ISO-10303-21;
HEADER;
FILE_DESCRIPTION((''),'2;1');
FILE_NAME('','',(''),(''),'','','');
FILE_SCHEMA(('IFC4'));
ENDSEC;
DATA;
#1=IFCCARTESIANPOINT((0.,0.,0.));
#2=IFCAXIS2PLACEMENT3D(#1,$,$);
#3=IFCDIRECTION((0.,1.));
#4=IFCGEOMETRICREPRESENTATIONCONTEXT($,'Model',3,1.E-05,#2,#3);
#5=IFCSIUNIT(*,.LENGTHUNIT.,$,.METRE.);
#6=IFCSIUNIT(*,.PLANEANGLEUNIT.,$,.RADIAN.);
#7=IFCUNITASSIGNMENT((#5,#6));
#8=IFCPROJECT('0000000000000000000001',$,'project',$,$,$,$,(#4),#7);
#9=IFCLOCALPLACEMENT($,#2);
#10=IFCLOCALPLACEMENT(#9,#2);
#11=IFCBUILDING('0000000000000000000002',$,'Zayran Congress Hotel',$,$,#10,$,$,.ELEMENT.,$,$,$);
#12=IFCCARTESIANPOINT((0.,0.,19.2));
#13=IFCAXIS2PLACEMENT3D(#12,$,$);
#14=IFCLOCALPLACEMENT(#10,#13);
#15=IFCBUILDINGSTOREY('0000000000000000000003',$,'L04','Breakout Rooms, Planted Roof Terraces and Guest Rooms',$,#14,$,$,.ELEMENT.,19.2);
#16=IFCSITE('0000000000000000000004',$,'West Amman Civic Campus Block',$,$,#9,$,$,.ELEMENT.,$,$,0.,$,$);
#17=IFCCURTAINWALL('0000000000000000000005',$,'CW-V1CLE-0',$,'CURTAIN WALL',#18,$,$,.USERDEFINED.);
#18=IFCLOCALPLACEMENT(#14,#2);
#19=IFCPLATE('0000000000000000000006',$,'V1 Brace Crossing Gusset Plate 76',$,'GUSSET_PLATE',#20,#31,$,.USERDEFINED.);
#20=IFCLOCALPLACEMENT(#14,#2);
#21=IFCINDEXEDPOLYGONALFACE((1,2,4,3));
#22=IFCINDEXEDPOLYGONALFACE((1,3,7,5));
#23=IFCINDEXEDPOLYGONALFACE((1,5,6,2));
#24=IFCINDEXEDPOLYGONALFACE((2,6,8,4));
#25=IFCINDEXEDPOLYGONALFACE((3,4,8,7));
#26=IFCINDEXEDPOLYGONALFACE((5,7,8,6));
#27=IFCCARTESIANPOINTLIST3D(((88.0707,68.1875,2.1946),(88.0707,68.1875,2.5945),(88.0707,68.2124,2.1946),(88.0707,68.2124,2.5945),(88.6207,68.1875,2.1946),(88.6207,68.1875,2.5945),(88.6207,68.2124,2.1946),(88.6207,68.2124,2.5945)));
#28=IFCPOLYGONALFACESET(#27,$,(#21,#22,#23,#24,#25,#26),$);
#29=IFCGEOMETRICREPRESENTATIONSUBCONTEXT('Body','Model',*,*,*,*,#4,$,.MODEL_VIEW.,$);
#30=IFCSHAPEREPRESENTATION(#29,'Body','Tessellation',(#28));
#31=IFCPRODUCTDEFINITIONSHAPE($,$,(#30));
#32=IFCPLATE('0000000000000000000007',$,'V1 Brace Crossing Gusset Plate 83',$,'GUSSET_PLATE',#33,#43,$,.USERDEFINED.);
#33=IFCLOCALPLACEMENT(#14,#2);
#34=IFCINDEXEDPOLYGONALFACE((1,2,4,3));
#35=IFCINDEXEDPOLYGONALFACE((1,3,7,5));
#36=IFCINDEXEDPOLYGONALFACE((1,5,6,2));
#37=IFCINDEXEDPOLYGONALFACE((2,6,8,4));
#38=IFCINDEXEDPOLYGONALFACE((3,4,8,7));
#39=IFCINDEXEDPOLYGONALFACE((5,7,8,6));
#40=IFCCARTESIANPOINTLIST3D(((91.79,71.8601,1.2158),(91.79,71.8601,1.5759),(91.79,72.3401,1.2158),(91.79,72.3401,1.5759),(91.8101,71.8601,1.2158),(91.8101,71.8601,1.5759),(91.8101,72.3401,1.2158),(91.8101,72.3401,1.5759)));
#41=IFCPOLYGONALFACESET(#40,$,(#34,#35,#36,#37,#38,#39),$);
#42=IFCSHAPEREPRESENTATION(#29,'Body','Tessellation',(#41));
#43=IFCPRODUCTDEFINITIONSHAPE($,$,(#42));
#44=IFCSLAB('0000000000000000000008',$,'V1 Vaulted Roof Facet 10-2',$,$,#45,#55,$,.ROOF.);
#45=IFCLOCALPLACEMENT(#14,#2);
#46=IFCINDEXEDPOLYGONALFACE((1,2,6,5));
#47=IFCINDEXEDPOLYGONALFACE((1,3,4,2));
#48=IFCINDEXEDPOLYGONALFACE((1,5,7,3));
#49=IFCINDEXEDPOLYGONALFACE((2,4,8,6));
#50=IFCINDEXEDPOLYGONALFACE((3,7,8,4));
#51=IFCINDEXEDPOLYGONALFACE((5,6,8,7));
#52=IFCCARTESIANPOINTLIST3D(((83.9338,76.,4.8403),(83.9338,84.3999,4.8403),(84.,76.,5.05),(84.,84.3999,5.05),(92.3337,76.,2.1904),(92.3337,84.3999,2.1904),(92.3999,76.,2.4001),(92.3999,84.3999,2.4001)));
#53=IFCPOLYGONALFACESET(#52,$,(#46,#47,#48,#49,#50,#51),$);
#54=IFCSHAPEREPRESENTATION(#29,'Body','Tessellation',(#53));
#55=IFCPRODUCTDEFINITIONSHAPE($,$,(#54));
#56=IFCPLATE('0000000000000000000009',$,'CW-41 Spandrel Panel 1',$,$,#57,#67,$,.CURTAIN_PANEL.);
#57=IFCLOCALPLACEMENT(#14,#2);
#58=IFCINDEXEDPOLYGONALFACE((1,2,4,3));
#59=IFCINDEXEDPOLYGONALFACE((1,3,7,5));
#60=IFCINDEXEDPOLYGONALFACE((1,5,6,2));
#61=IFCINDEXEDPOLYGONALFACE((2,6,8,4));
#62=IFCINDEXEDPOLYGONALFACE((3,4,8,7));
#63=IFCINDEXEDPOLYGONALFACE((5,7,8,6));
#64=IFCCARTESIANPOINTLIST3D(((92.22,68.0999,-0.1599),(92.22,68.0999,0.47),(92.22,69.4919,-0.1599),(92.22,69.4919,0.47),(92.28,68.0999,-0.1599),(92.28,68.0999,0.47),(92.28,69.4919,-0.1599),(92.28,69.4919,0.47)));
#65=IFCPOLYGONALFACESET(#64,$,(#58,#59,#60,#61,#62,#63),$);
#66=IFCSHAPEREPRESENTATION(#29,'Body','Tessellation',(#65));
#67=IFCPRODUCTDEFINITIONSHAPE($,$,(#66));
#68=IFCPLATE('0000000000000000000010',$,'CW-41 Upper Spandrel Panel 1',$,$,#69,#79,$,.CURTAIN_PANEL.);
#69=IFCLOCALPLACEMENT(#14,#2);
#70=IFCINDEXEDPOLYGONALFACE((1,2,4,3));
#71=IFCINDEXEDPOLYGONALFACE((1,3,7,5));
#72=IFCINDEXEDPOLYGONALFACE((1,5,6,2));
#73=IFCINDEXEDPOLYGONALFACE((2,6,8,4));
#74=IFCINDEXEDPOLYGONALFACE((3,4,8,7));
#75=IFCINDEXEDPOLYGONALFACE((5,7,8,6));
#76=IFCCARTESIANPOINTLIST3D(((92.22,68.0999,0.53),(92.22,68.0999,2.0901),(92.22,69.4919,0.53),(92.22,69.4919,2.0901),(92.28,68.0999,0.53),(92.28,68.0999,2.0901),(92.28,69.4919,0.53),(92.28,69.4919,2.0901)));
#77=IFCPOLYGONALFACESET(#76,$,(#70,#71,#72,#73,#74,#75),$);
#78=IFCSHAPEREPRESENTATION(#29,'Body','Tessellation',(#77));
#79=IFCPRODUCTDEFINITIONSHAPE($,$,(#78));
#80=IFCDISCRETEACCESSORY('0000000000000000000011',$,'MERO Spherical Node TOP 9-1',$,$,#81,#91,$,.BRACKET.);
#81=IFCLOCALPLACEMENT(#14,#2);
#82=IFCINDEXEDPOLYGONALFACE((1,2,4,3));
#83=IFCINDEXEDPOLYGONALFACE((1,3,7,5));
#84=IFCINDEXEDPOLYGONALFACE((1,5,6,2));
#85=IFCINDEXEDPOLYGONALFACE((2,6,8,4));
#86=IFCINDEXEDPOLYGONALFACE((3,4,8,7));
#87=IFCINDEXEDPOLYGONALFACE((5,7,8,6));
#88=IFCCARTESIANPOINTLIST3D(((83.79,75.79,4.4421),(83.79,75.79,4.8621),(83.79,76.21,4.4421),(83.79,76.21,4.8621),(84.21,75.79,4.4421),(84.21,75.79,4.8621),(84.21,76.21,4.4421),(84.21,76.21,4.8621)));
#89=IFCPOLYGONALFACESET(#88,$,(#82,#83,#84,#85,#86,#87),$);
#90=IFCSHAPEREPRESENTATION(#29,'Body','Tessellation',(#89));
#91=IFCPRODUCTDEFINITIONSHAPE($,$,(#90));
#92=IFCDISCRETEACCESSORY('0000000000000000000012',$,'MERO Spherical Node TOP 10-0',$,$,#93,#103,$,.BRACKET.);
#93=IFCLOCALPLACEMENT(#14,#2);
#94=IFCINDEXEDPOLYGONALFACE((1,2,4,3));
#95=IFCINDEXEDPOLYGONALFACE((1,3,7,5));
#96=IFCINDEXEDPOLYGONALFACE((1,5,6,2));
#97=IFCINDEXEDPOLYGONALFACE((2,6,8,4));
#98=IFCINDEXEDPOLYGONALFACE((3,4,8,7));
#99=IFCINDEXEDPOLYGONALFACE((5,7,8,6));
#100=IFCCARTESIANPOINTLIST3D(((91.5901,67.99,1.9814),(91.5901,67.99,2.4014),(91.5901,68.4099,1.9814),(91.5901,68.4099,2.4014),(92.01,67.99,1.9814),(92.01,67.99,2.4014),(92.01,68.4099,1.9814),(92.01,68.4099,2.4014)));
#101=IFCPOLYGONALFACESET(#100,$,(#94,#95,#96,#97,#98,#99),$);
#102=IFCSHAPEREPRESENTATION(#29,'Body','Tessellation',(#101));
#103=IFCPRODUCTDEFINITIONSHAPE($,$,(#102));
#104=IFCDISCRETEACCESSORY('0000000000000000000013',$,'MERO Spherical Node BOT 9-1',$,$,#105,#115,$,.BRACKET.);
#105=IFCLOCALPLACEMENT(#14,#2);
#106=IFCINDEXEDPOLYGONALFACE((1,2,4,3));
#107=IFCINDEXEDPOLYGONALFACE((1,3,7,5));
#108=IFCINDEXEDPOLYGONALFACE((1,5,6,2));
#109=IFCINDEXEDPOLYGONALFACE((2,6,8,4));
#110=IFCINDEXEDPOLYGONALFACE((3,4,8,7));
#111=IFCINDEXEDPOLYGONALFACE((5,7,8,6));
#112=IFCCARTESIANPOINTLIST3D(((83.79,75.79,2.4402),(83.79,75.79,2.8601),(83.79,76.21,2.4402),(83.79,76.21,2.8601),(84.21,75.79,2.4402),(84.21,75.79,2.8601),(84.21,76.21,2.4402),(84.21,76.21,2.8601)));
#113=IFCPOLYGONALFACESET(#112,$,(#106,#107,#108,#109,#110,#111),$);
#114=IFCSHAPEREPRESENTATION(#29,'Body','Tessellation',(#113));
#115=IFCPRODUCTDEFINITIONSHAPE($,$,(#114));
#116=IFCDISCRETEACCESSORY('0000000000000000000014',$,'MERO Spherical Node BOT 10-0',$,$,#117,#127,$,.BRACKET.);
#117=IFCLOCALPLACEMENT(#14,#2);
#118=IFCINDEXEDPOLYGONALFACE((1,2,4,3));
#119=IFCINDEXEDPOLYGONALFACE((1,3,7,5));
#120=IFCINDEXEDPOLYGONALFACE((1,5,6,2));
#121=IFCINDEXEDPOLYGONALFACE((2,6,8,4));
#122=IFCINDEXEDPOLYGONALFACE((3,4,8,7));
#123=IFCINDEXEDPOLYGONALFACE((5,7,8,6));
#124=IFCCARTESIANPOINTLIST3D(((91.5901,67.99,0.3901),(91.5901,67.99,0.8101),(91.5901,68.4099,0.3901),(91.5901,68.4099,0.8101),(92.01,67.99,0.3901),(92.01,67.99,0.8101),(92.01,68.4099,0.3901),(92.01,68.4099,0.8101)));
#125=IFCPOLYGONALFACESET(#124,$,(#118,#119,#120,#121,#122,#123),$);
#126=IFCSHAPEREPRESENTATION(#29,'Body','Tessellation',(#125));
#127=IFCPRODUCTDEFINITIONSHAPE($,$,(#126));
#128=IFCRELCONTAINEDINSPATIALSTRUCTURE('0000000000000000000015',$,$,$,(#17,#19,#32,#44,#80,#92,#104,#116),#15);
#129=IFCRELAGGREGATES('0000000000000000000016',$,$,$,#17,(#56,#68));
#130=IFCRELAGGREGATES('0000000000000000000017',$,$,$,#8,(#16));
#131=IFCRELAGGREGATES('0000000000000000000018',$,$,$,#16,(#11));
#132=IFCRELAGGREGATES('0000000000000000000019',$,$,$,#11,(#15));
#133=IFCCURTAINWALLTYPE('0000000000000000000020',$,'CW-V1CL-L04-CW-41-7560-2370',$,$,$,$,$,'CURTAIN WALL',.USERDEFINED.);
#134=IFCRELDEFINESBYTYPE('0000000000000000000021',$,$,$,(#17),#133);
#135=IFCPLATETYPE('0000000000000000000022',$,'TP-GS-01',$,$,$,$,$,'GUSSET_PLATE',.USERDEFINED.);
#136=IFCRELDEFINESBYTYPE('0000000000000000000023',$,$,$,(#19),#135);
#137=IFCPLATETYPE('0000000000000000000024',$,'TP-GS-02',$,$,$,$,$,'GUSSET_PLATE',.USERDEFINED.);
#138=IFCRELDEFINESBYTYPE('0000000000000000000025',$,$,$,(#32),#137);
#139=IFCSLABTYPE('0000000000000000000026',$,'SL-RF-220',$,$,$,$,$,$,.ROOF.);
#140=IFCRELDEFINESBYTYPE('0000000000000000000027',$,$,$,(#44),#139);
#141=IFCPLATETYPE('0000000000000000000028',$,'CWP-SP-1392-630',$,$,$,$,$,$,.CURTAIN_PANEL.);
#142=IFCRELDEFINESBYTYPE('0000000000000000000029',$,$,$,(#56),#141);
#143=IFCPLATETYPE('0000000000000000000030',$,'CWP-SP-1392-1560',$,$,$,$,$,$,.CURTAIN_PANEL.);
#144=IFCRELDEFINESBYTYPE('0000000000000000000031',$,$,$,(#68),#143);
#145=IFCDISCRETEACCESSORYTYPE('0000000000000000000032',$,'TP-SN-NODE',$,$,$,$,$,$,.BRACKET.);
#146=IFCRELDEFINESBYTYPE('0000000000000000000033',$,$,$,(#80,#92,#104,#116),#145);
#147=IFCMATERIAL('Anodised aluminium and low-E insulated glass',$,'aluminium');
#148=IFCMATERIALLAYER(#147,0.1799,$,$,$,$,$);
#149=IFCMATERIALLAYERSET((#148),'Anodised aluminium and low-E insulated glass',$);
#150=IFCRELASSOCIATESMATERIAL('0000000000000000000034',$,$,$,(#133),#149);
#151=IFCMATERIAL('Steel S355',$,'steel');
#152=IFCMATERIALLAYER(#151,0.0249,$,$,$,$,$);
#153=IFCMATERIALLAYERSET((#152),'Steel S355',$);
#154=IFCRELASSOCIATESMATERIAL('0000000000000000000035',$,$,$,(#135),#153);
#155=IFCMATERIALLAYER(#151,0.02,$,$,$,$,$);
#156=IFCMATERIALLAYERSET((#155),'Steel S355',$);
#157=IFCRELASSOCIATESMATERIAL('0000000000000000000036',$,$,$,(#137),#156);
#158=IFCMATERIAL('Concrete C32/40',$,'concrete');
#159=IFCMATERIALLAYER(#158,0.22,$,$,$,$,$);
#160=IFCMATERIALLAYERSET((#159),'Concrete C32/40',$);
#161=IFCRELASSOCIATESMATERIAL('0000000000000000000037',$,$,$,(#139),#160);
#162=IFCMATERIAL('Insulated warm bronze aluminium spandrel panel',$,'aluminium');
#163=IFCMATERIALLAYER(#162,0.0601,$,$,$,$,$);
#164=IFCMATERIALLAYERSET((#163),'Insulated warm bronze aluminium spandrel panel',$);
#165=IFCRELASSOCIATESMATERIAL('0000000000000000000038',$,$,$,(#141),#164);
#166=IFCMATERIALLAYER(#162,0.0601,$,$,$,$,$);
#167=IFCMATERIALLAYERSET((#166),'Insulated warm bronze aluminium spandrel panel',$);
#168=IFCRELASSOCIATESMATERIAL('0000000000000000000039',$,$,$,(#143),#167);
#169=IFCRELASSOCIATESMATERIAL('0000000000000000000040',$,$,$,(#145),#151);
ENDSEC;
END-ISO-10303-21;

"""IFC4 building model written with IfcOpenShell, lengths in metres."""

from ifc_helpers import new_model, si_unit, direction, frame, origin, origin_2d, place, context, subcontext, project, spatial, polyline, rectangle, outline, extrude, material, layer, layer_set, type_object, element, aggregate, save


model = new_model("IFC4")

# Units and contexts
model_context = context("Model", 3, precision=1e-05, world=origin(), true_north=direction((0.0, 1.0)))
body_context = subcontext(model_context, "Body", "Model", "MODEL_VIEW")
ifc_project = project(units=[si_unit("LENGTHUNIT", "METRE"), si_unit("PLANEANGLEUNIT", "RADIAN")], contexts=[model_context])

# Site, building, storey
site_placement = place(None, origin())
site = spatial("IfcSite", under=ifc_project, at=site_placement, Name="West Amman Civic Campus Block", CompositionType="ELEMENT", RefElevation=0.0)
building_placement = place(site_placement, origin())
building = spatial("IfcBuilding", under=site, at=building_placement, Name="Zayran Congress Hotel", CompositionType="ELEMENT")
storey_placement = place(building_placement, frame((0.0, 0.0, 19.2)))
storey = spatial("IfcBuildingStorey", under=building, at=storey_placement, Name="L04", Description="Breakout Rooms, Planted Roof Terraces and Guest Rooms", CompositionType="ELEMENT", Elevation=19.2)

# Shared definitions
ifc_material_1 = material(Name="Steel S355", Category="steel")

# Curtain wall
ifc_material_2 = material(Name="Anodised aluminium and low-E insulated glass", Category="aluminium")
ifc_layer_1 = layer(ifc_material_2, 0.1799)
ifc_layer_set_1 = layer_set([ifc_layer_1], Name="Anodised aluminium and low-E insulated glass")
curtain_wall_type = type_object("IfcCurtainWallType", Name="CW-V1CL-L04-CW-41-7560-2370", ElementType="CURTAIN WALL", PredefinedType="USERDEFINED", material=ifc_layer_set_1)
curtain_wall_placement = place(storey_placement, origin())
curtain_wall = element("IfcCurtainWall", 1, at=curtain_wall_placement, inside=storey, type_object=curtain_wall_type, Name="CW-V1CLE-0", ObjectType="CURTAIN WALL", PredefinedType="USERDEFINED")

# Plates
ifc_layer_2 = layer(ifc_material_1, 0.0249)
ifc_layer_set_2 = layer_set([ifc_layer_2], Name="Steel S355")
plate_type_1 = type_object("IfcPlateType", Name="TP-GS-01", ElementType="GUSSET_PLATE", PredefinedType="USERDEFINED", material=ifc_layer_set_2)
plate_1_placement = place(storey_placement, frame((88.3457, 68.2, 2.1946), z_axis=(0.0, 0.0, 1.0), x_axis=(1.0, 0.0, 0.0)))
element("IfcPlate", 2, at=plate_1_placement, inside=storey, type_object=plate_type_1, Name="V1 Brace Crossing Gusset Plate 76", ObjectType="GUSSET_PLATE", PredefinedType="USERDEFINED", context=body_context, shape_type="SweptSolid", body=[
    extrude(rectangle(XDim=0.55, YDim=0.0249, at=origin_2d()), origin(), (0.0, 0.0, 1.0), 0.3999),
])
ifc_layer_3 = layer(ifc_material_1, 0.02)
ifc_layer_set_3 = layer_set([ifc_layer_3], Name="Steel S355")
plate_type_2 = type_object("IfcPlateType", Name="TP-GS-02", ElementType="GUSSET_PLATE", PredefinedType="USERDEFINED", material=ifc_layer_set_3)
plate_2_placement = place(storey_placement, frame((91.8, 72.1001, 1.2158), z_axis=(0.0, 0.0, 1.0), x_axis=(0.0, 1.0, 0.0)))
element("IfcPlate", 3, at=plate_2_placement, inside=storey, type_object=plate_type_2, Name="V1 Brace Crossing Gusset Plate 83", ObjectType="GUSSET_PLATE", PredefinedType="USERDEFINED", context=body_context, shape_type="SweptSolid", body=[
    extrude(rectangle(XDim=0.48, YDim=0.02, at=origin_2d()), origin(), (0.0, 0.0, 1.0), 0.3601),
])

# Slab
ifc_material_3 = material(Name="Concrete C32/40", Category="concrete")
ifc_layer_4 = layer(ifc_material_3, 0.22)
ifc_layer_set_4 = layer_set([ifc_layer_4], Name="Concrete C32/40")
slab_type = type_object("IfcSlabType", Name="SL-RF-220", PredefinedType="ROOF", material=ifc_layer_set_4)
slab_placement = place(storey_placement, frame((84.0, 76.0, 5.05), z_axis=(0.300853, 0.0, 0.953671), x_axis=(0.953671, 0.0, -0.300853)))
element("IfcSlab", 4, at=slab_placement, inside=storey, type_object=slab_type, Name="V1 Vaulted Roof Facet 10-2", PredefinedType="ROOF", context=body_context, shape_type="SweptSolid", body=[
    extrude(outline(polyline([(0.0, 0.0), (8.808, 0.0), (8.808, 8.3999), (0.0, 8.3999), (0.0, 0.0)])), origin(), (0.0, 0.0, -1.0), 0.22),
])

# Plates
ifc_material_4 = material(Name="Insulated warm bronze aluminium spandrel panel", Category="aluminium")
ifc_layer_5 = layer(ifc_material_4, 0.0601)
ifc_layer_set_5 = layer_set([ifc_layer_5], Name="Insulated warm bronze aluminium spandrel panel")
plate_type_3 = type_object("IfcPlateType", Name="CWP-SP-1392-630", PredefinedType="CURTAIN_PANEL", material=ifc_layer_set_5)
plate_3_placement = place(storey_placement, frame((92.25, 68.7959, -0.1599), z_axis=(0.0, 0.0, 1.0), x_axis=(0.0, 1.0, 0.0)))
plate_3 = element("IfcPlate", 5, at=plate_3_placement, type_object=plate_type_3, Name="CW-41 Spandrel Panel 1", PredefinedType="CURTAIN_PANEL", context=body_context, shape_type="SweptSolid", body=[
    extrude(rectangle(XDim=1.3921, YDim=0.0601, at=origin_2d()), origin(), (0.0, 0.0, 1.0), 0.6299),
])
ifc_layer_6 = layer(ifc_material_4, 0.0601)
ifc_layer_set_6 = layer_set([ifc_layer_6], Name="Insulated warm bronze aluminium spandrel panel")
plate_type_4 = type_object("IfcPlateType", Name="CWP-SP-1392-1560", PredefinedType="CURTAIN_PANEL", material=ifc_layer_set_6)
plate_4_placement = place(storey_placement, frame((92.25, 68.7959, 0.53), z_axis=(0.0, 0.0, 1.0), x_axis=(0.0, 1.0, 0.0)))
plate_4 = element("IfcPlate", 6, at=plate_4_placement, type_object=plate_type_4, Name="CW-41 Upper Spandrel Panel 1", PredefinedType="CURTAIN_PANEL", context=body_context, shape_type="SweptSolid", body=[
    extrude(rectangle(XDim=1.3921, YDim=0.0601, at=origin_2d()), origin(), (0.0, 0.0, 1.0), 1.5601),
])
aggregate(curtain_wall, [plate_3, plate_4])

# Discrete accessories
discrete_accessory_type = type_object("IfcDiscreteAccessoryType", Name="TP-SN-NODE", PredefinedType="BRACKET", material=ifc_material_1)
for number, where, z_axis, x_axis, name in (
    (7, (84.0, 76.0, 4.4421), (0.0, 0.0, 1.0), (1.0, 0.0, 0.0), "MERO Spherical Node TOP 9-1"),
    (8, (91.8, 68.2, 1.9814), (0.0, 0.0, 1.0), (1.0, 0.0, 0.0), "MERO Spherical Node TOP 10-0"),
    (9, (84.0, 76.0, 2.4402), (0.0, 0.0, 1.0), (1.0, 0.0, 0.0), "MERO Spherical Node BOT 9-1"),
    (10, (91.8, 68.2, 0.3901), (0.0, 0.0, 1.0), (1.0, 0.0, 0.0), "MERO Spherical Node BOT 10-0"),
):
    element("IfcDiscreteAccessory", number, at=place(storey_placement, frame(where, z_axis=z_axis, x_axis=x_axis)), inside=storey, type_object=discrete_accessory_type, Name=name, PredefinedType="BRACKET", context=body_context, shape_type="SweptSolid", body=[
        extrude(rectangle(XDim=0.4199, YDim=0.4199, at=origin_2d()), origin(), (0.0, 0.0, 1.0), 0.4199),
    ])

save(model, "model.ifc")
